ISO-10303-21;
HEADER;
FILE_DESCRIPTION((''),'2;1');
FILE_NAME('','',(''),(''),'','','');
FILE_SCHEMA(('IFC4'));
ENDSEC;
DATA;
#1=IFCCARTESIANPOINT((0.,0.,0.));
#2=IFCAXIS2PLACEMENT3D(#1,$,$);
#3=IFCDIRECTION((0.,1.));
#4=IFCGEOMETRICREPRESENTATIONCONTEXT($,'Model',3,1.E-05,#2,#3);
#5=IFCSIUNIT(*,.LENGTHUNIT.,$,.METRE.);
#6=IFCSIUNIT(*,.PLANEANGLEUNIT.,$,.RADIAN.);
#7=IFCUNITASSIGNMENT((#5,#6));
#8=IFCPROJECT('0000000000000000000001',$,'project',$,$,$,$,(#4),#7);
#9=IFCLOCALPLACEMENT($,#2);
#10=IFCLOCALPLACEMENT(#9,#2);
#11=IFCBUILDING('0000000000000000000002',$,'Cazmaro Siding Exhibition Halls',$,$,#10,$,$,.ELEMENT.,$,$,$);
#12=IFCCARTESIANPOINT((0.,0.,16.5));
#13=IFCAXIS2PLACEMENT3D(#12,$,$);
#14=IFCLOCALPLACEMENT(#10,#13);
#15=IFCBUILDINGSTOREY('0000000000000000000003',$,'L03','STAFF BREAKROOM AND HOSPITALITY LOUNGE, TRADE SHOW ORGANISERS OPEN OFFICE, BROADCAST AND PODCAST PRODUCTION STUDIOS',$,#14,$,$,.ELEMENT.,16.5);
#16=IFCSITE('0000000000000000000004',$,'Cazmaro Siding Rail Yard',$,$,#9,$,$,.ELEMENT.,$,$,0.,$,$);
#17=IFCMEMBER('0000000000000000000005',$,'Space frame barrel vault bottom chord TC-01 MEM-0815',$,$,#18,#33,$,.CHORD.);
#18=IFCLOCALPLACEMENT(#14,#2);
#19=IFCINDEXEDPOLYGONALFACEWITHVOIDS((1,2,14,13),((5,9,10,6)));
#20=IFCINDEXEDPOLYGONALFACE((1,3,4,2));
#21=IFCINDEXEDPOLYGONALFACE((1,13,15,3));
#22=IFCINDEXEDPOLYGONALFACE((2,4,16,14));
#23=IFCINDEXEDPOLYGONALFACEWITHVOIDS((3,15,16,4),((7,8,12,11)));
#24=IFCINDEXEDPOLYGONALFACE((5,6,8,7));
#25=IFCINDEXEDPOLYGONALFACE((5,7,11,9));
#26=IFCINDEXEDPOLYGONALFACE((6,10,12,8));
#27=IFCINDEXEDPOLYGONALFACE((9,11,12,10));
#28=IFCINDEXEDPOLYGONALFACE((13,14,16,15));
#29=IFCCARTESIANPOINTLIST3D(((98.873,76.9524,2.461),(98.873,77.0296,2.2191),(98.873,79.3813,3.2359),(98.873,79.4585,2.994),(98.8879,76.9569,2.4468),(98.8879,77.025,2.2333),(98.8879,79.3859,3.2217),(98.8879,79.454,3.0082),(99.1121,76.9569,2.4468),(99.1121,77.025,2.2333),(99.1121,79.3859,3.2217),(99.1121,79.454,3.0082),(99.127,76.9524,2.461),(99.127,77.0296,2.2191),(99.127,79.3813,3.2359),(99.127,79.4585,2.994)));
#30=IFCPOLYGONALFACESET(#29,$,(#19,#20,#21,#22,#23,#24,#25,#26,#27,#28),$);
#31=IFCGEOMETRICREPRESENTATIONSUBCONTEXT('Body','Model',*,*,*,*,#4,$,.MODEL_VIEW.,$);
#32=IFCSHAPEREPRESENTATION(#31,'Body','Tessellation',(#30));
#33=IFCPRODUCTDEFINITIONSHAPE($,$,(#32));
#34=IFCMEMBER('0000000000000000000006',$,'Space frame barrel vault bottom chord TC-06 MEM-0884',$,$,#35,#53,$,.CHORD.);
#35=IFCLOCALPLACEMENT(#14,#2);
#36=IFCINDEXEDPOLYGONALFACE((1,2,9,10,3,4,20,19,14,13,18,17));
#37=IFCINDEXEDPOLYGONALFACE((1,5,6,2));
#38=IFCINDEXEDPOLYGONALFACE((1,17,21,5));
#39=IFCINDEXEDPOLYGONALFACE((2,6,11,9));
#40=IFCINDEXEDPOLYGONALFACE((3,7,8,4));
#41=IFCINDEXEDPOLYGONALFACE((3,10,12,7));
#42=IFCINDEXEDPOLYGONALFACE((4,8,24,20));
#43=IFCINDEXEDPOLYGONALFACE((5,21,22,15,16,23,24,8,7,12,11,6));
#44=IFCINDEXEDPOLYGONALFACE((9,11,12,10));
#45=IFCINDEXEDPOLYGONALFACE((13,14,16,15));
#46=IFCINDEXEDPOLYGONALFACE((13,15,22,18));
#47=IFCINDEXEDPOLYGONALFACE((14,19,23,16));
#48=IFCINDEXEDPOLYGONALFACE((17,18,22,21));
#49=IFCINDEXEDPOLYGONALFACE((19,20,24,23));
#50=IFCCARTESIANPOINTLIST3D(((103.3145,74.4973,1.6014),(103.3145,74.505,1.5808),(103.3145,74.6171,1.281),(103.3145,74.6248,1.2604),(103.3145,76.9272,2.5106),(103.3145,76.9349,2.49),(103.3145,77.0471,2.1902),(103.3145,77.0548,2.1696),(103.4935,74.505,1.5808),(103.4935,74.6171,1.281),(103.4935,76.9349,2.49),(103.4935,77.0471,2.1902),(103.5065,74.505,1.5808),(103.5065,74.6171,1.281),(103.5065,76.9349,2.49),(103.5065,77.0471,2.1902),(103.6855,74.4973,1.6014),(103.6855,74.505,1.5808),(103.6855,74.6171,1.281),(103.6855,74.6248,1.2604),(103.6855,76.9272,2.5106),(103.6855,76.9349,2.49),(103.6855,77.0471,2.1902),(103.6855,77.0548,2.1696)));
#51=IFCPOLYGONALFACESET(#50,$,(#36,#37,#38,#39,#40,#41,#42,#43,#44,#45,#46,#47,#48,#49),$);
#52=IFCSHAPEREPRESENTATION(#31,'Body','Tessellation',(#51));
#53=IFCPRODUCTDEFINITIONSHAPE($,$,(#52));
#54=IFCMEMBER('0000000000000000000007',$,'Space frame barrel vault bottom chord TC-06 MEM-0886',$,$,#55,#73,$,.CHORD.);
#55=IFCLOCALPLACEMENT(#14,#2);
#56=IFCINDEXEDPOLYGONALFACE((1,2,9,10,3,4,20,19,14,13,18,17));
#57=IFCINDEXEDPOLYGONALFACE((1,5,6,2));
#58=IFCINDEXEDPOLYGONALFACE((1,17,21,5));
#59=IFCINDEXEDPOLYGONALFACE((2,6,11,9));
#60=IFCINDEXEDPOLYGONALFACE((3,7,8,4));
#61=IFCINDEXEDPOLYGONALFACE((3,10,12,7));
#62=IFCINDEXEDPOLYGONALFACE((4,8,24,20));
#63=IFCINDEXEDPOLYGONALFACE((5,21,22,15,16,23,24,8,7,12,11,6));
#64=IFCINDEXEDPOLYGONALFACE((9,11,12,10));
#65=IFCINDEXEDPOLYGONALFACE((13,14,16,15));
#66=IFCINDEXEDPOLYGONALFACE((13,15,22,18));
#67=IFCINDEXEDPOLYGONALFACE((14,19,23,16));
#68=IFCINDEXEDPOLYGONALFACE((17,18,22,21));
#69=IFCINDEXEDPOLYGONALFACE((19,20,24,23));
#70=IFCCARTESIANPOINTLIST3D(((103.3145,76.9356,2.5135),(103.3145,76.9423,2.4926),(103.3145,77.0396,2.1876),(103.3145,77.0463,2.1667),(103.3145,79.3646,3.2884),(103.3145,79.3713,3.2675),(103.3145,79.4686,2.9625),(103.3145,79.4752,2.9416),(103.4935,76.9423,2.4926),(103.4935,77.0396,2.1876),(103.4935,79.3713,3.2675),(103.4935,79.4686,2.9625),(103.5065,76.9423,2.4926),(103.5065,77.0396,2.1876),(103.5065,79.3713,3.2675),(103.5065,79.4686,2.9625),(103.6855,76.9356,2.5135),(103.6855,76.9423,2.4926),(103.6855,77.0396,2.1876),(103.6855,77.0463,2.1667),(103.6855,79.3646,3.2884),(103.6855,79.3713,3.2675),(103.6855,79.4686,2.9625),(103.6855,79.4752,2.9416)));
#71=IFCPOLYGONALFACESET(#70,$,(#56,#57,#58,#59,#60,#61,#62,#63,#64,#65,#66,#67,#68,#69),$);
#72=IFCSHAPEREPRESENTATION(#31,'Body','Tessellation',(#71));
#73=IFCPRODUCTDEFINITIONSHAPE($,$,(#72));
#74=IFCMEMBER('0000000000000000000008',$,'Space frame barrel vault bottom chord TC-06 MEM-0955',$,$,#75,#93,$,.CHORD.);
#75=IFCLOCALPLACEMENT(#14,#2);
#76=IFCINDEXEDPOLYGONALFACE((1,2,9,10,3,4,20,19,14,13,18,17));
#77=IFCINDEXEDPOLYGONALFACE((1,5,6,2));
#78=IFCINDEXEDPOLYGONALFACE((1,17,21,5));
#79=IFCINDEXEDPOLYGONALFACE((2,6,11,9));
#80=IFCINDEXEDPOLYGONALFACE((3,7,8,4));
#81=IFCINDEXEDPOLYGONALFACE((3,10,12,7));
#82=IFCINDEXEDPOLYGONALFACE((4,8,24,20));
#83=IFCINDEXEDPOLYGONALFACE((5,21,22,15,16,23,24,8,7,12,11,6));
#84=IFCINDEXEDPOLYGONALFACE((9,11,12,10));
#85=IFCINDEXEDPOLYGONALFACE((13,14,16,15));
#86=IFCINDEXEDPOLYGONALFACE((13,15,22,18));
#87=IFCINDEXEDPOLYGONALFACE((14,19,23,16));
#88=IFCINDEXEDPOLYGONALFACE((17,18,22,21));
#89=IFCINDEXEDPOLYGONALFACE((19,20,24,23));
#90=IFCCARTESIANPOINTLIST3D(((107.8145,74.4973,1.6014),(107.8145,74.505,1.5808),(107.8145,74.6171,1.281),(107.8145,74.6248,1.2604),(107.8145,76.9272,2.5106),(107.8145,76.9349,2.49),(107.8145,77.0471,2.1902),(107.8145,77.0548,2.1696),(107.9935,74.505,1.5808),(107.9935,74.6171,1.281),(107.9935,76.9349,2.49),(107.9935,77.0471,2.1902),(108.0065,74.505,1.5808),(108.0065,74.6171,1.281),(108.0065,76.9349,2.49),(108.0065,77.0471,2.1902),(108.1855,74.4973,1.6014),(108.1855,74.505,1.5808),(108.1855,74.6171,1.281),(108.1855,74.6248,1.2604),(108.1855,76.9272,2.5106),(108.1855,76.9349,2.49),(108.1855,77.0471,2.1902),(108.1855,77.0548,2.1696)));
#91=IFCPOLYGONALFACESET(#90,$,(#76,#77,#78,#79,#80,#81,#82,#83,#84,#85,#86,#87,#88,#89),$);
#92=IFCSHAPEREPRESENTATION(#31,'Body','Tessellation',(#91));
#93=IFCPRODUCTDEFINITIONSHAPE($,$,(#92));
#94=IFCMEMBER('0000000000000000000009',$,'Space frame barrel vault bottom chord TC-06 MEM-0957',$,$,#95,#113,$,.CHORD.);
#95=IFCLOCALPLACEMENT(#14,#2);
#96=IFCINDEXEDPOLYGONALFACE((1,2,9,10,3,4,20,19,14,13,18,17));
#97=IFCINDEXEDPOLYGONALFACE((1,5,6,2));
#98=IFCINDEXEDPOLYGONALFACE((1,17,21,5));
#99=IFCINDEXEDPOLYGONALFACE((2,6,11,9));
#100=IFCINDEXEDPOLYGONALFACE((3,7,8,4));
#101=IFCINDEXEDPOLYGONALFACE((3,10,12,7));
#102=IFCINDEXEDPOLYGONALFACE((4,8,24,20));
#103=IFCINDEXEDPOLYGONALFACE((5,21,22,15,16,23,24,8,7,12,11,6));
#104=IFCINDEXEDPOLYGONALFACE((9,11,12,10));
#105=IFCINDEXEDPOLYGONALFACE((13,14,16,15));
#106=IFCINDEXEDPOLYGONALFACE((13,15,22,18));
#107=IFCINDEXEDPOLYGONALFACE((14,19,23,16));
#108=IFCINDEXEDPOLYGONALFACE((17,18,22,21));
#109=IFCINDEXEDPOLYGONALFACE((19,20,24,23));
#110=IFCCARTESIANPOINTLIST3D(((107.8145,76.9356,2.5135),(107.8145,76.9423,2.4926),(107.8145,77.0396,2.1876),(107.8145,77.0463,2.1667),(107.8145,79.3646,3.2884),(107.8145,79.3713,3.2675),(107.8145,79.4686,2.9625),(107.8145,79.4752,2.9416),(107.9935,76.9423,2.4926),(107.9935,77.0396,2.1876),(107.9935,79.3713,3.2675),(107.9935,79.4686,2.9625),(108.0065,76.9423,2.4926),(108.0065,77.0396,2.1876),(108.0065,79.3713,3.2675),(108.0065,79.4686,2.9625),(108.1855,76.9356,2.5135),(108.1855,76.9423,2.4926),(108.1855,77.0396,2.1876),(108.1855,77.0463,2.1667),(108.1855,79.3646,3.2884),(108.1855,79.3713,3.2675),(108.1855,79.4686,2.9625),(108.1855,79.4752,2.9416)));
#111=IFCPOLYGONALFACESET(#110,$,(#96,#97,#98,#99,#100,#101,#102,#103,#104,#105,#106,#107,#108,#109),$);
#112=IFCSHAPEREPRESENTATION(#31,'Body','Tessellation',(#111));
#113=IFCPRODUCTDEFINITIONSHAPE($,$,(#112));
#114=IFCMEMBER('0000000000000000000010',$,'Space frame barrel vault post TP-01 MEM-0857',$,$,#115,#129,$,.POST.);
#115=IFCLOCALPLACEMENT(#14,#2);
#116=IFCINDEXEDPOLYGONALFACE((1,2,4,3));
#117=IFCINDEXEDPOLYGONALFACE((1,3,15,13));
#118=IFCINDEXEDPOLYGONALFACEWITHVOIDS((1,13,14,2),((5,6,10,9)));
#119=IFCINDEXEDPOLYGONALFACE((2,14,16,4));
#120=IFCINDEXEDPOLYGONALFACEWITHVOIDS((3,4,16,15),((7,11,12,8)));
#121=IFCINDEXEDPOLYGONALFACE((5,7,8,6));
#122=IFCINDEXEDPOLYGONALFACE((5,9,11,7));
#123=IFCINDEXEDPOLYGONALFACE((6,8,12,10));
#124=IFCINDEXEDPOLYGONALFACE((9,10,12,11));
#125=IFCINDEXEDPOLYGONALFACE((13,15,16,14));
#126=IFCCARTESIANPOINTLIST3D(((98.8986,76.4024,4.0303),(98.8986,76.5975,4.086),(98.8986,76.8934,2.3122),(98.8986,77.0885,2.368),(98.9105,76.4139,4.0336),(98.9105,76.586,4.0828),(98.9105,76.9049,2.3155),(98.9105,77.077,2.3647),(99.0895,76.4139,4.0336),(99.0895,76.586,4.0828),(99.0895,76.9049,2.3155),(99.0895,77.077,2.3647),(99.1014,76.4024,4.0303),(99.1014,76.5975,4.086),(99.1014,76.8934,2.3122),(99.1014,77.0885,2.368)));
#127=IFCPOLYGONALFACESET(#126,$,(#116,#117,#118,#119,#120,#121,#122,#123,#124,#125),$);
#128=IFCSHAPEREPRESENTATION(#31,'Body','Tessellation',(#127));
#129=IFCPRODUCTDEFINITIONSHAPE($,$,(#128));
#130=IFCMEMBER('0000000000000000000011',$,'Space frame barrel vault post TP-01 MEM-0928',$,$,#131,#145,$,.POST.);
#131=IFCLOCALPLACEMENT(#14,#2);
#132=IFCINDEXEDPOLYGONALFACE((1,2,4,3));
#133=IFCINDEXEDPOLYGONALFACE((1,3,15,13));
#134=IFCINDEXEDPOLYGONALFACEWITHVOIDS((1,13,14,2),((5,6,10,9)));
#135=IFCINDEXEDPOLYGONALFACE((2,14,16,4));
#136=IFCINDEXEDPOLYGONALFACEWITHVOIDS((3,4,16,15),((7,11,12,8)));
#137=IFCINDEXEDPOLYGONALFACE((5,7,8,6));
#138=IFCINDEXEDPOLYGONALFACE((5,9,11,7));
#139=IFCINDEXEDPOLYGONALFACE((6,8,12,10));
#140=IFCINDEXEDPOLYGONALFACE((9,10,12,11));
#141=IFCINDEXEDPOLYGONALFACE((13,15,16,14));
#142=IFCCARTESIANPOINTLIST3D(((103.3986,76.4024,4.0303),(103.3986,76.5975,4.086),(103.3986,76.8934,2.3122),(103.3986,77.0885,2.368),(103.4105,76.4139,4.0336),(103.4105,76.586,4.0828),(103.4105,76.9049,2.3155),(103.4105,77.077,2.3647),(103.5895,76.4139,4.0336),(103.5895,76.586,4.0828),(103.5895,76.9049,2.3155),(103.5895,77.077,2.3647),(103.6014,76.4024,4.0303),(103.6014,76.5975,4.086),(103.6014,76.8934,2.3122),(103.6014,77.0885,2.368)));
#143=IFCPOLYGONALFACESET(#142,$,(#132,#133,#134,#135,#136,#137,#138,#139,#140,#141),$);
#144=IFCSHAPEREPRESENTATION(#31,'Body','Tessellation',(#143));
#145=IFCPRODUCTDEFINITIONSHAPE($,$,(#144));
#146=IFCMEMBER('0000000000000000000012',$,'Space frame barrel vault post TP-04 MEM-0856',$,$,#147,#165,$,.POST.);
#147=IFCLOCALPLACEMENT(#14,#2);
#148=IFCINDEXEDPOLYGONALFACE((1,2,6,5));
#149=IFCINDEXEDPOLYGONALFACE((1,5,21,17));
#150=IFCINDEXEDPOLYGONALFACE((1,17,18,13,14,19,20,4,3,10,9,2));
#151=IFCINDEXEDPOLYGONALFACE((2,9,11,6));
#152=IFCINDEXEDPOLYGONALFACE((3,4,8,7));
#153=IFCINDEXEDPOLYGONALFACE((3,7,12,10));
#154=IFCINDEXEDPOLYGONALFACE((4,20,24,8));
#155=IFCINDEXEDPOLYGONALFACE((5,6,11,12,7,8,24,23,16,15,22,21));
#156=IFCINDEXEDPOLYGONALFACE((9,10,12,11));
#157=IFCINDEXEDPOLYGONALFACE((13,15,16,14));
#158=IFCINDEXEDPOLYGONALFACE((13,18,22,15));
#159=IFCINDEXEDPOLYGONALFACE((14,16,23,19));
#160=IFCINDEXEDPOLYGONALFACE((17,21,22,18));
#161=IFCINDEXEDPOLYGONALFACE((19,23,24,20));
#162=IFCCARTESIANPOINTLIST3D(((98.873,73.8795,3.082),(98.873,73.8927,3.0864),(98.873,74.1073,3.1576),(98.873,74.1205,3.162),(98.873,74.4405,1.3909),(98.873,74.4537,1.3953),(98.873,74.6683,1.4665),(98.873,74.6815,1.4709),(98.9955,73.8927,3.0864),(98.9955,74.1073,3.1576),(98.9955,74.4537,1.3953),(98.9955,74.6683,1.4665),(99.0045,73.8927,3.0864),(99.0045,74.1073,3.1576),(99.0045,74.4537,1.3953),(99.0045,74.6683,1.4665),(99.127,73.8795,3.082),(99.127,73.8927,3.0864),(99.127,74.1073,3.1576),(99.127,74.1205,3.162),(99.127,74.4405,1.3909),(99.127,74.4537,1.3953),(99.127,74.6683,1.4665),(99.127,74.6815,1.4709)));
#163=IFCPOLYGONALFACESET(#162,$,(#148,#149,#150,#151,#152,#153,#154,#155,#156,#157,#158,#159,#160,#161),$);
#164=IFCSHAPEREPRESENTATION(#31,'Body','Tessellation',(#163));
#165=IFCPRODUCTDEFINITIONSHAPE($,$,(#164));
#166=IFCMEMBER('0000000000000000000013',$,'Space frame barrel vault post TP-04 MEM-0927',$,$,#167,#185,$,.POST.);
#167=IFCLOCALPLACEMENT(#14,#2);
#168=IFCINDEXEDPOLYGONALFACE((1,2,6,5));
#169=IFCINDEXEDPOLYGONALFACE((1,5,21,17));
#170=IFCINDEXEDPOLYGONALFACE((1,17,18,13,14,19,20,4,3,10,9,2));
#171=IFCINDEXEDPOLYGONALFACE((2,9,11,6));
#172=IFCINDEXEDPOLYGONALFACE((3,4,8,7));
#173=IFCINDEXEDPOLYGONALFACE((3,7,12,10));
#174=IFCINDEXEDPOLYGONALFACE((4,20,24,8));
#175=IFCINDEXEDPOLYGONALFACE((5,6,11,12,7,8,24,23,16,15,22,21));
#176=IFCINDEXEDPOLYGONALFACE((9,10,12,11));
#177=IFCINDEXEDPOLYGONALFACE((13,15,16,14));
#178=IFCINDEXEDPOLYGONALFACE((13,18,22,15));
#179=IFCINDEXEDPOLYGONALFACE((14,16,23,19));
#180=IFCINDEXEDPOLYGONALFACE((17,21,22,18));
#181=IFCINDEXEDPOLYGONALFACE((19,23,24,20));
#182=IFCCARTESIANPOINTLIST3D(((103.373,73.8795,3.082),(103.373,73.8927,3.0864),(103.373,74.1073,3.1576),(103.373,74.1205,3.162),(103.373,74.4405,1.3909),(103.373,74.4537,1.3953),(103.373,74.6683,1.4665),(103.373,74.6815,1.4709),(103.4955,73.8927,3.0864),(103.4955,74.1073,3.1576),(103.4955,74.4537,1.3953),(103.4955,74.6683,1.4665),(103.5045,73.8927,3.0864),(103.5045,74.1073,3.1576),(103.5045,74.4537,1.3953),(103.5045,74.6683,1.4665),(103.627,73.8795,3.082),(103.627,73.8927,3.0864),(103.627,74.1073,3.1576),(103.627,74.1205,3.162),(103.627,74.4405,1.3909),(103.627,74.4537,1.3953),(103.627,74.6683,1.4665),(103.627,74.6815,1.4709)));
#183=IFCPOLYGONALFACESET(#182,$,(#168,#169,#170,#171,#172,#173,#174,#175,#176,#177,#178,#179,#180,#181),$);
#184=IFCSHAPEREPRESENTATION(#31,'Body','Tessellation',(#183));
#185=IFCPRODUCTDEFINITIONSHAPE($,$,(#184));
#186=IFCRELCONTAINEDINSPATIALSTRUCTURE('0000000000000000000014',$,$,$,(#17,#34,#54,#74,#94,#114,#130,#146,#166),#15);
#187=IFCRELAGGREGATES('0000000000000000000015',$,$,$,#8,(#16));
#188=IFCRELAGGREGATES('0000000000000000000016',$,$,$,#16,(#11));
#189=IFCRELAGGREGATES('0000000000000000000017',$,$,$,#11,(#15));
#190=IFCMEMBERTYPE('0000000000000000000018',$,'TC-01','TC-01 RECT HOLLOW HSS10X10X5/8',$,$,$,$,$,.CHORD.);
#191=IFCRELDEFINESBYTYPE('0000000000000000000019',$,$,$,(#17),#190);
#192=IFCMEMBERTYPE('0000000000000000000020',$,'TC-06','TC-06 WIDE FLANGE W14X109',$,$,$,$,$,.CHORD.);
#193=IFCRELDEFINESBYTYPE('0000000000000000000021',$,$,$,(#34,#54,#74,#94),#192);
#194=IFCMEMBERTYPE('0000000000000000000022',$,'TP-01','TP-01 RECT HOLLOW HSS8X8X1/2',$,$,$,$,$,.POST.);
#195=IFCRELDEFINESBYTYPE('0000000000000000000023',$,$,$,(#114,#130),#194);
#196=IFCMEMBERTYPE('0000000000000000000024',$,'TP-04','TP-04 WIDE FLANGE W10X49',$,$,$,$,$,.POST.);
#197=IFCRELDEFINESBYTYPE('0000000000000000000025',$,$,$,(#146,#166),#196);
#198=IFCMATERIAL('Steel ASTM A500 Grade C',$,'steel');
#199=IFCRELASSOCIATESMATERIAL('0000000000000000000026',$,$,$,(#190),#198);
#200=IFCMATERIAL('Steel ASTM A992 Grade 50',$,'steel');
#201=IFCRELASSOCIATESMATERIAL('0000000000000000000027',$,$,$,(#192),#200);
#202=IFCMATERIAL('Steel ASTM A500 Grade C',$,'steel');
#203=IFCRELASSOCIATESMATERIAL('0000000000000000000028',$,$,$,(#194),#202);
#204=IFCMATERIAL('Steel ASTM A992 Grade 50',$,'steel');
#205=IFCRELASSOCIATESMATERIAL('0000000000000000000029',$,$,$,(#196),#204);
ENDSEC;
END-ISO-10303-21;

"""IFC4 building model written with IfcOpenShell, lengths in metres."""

from ifc_helpers import new_model, si_unit, direction, frame, origin, origin_2d, place, context, subcontext, project, spatial, hollow_rectangle, i_section, extrude, material, material_profile, profile_set, type_object, element, save


model = new_model("IFC4")

# Units and contexts
model_context = context("Model", 3, precision=1e-05, world=origin(), true_north=direction((0.0, 1.0)))
body_context = subcontext(model_context, "Body", "Model", "MODEL_VIEW")
ifc_project = project(units=[si_unit("LENGTHUNIT", "METRE"), si_unit("PLANEANGLEUNIT", "RADIAN")], contexts=[model_context])

# Site, building, storey
site_placement = place(None, origin())
site = spatial("IfcSite", under=ifc_project, at=site_placement, Name="Cazmaro Siding Rail Yard", CompositionType="ELEMENT", RefElevation=0.0)
building_placement = place(site_placement, origin())
building = spatial("IfcBuilding", under=site, at=building_placement, Name="Cazmaro Siding Exhibition Halls", CompositionType="ELEMENT")
storey_placement = place(building_placement, frame((0.0, 0.0, 16.5)))
storey = spatial("IfcBuildingStorey", under=building, at=storey_placement, Name="L03", Description="STAFF BREAKROOM AND HOSPITALITY LOUNGE, TRADE SHOW ORGANISERS OPEN OFFICE, BROADCAST AND PODCAST PRODUCTION STUDIOS", CompositionType="ELEMENT", Elevation=16.5)

# Members
ifc_material_1 = material(Name="Steel ASTM A500 Grade C", Category="steel")
ifc_material_profile_1 = material_profile(ifc_material_1, hollow_rectangle(XDim=0.2539, YDim=0.2539, WallThickness=0.0149, at=origin_2d()), Name="HSS10X10X5/8")
ifc_profile_set_1 = profile_set([ifc_material_profile_1], Name="Steel ASTM A500 Grade C")
member_type_1 = type_object("IfcMemberType", Name="TC-01", Description="TC-01 RECT HOLLOW HSS10X10X5/8", PredefinedType="CHORD", material=ifc_profile_set_1)
member_1_placement = place(storey_placement, frame((99.0, 76.991, 2.3401), z_axis=(0.0, 0.952693, 0.303935), x_axis=(-1.0, 0.0, 0.0)))
element("IfcMember", 1, at=member_1_placement, inside=storey, type_object=member_type_1, Name="Space frame barrel vault bottom chord TC-01 MEM-0815", PredefinedType="CHORD", context=body_context, shape_type="SweptSolid", body=[
    extrude(hollow_rectangle(XDim=0.2539, YDim=0.2539, WallThickness=0.0149, at=origin_2d()), origin(), (0.0, 0.0, 1.0), 2.5496),
])
ifc_material_2 = material(Name="Steel ASTM A992 Grade 50", Category="steel")
ifc_material_profile_2 = material_profile(ifc_material_2, i_section(OverallWidth=0.3711, OverallDepth=0.364, WebThickness=0.0129, FlangeThickness=0.022, at=origin_2d()), Name="W14X109")
ifc_profile_set_2 = profile_set([ifc_material_profile_2], Name="Steel ASTM A992 Grade 50")
member_type_2 = type_object("IfcMemberType", Name="TC-06", Description="TC-06 WIDE FLANGE W14X109", PredefinedType="CHORD", material=ifc_profile_set_2)
member_2_placement = place(storey_placement, frame((103.5, 74.561, 1.4309), z_axis=(0.0, 0.936588, 0.350432), x_axis=(-1.0, 0.0, 0.0)))
element("IfcMember", 2, at=member_2_placement, inside=storey, type_object=member_type_2, Name="Space frame barrel vault bottom chord TC-06 MEM-0884", PredefinedType="CHORD", context=body_context, shape_type="SweptSolid", body=[
    extrude(i_section(OverallWidth=0.3711, OverallDepth=0.364, WebThickness=0.0129, FlangeThickness=0.022, at=origin_2d()), origin(), (0.0, 0.0, 1.0), 2.5945),
])
member_3_placement = place(storey_placement, frame((103.5, 76.991, 2.3401), z_axis=(0.0, 0.952693, 0.303935), x_axis=(-1.0, 0.0, 0.0)))
element("IfcMember", 3, at=member_3_placement, inside=storey, type_object=member_type_2, Name="Space frame barrel vault bottom chord TC-06 MEM-0886", PredefinedType="CHORD", context=body_context, shape_type="SweptSolid", body=[
    extrude(i_section(OverallWidth=0.3711, OverallDepth=0.364, WebThickness=0.0129, FlangeThickness=0.022, at=origin_2d()), origin(), (0.0, 0.0, 1.0), 2.5496),
])
member_4_placement = place(storey_placement, frame((108.0, 74.561, 1.4309), z_axis=(0.0, 0.936588, 0.350432), x_axis=(-1.0, 0.0, 0.0)))
element("IfcMember", 4, at=member_4_placement, inside=storey, type_object=member_type_2, Name="Space frame barrel vault bottom chord TC-06 MEM-0955", PredefinedType="CHORD", context=body_context, shape_type="SweptSolid", body=[
    extrude(i_section(OverallWidth=0.3711, OverallDepth=0.364, WebThickness=0.0129, FlangeThickness=0.022, at=origin_2d()), origin(), (0.0, 0.0, 1.0), 2.5945),
])
member_5_placement = place(storey_placement, frame((108.0, 76.991, 2.3401), z_axis=(0.0, 0.952693, 0.303935), x_axis=(-1.0, 0.0, 0.0)))
element("IfcMember", 5, at=member_5_placement, inside=storey, type_object=member_type_2, Name="Space frame barrel vault bottom chord TC-06 MEM-0957", PredefinedType="CHORD", context=body_context, shape_type="SweptSolid", body=[
    extrude(i_section(OverallWidth=0.3711, OverallDepth=0.364, WebThickness=0.0129, FlangeThickness=0.022, at=origin_2d()), origin(), (0.0, 0.0, 1.0), 2.5496),
])
ifc_material_3 = material(Name="Steel ASTM A500 Grade C", Category="steel")
ifc_material_profile_3 = material_profile(ifc_material_3, hollow_rectangle(XDim=0.2029, YDim=0.2029, WallThickness=0.012, at=origin_2d()), Name="HSS8X8X1/2")
ifc_profile_set_3 = profile_set([ifc_material_profile_3], Name="Steel ASTM A500 Grade C")
member_type_3 = type_object("IfcMemberType", Name="TP-01", Description="TP-01 RECT HOLLOW HSS8X8X1/2", PredefinedType="POST", material=ifc_profile_set_3)
for number, where, z_axis, x_axis, name in (
    (6, (99.0, 76.991, 2.3401), (0.0, -0.274775, 0.961508), (1.0, 0.0, 0.0), "Space frame barrel vault post TP-01 MEM-0857"),
    (7, (103.5, 76.991, 2.3401), (0.0, -0.274775, 0.961508), (1.0, 0.0, 0.0), "Space frame barrel vault post TP-01 MEM-0928"),
):
    element("IfcMember", number, at=place(storey_placement, frame(where, z_axis=z_axis, x_axis=x_axis)), inside=storey, type_object=member_type_3, Name=name, PredefinedType="POST", context=body_context, shape_type="SweptSolid", body=[
        extrude(hollow_rectangle(XDim=0.2029, YDim=0.2029, WallThickness=0.012, at=origin_2d()), origin(), (0.0, 0.0, 1.0), 1.7869),
    ])
ifc_material_4 = material(Name="Steel ASTM A992 Grade 50", Category="steel")
ifc_material_profile_4 = material_profile(ifc_material_4, i_section(OverallWidth=0.2539, OverallDepth=0.2539, WebThickness=0.009, FlangeThickness=0.0139, at=origin_2d()), Name="W10X49")
ifc_profile_set_4 = profile_set([ifc_material_profile_4], Name="Steel ASTM A992 Grade 50")
member_type_4 = type_object("IfcMemberType", Name="TP-04", Description="TP-04 WIDE FLANGE W10X49", PredefinedType="POST", material=ifc_profile_set_4)
for number, where, z_axis, x_axis, name in (
    (8, (99.0, 74.561, 1.4309), (0.0, -0.314871, 0.949134), (1.0, 0.0, 0.0), "Space frame barrel vault post TP-04 MEM-0856"),
    (9, (103.5, 74.561, 1.4309), (0.0, -0.314871, 0.949134), (1.0, 0.0, 0.0), "Space frame barrel vault post TP-04 MEM-0927"),
):
    element("IfcMember", number, at=place(storey_placement, frame(where, z_axis=z_axis, x_axis=x_axis)), inside=storey, type_object=member_type_4, Name=name, PredefinedType="POST", context=body_context, shape_type="SweptSolid", body=[
        extrude(i_section(OverallWidth=0.2539, OverallDepth=0.2539, WebThickness=0.009, FlangeThickness=0.0139, at=origin_2d()), origin(), (0.0, 0.0, 1.0), 1.7817),
    ])

save(model, "model.ifc")
